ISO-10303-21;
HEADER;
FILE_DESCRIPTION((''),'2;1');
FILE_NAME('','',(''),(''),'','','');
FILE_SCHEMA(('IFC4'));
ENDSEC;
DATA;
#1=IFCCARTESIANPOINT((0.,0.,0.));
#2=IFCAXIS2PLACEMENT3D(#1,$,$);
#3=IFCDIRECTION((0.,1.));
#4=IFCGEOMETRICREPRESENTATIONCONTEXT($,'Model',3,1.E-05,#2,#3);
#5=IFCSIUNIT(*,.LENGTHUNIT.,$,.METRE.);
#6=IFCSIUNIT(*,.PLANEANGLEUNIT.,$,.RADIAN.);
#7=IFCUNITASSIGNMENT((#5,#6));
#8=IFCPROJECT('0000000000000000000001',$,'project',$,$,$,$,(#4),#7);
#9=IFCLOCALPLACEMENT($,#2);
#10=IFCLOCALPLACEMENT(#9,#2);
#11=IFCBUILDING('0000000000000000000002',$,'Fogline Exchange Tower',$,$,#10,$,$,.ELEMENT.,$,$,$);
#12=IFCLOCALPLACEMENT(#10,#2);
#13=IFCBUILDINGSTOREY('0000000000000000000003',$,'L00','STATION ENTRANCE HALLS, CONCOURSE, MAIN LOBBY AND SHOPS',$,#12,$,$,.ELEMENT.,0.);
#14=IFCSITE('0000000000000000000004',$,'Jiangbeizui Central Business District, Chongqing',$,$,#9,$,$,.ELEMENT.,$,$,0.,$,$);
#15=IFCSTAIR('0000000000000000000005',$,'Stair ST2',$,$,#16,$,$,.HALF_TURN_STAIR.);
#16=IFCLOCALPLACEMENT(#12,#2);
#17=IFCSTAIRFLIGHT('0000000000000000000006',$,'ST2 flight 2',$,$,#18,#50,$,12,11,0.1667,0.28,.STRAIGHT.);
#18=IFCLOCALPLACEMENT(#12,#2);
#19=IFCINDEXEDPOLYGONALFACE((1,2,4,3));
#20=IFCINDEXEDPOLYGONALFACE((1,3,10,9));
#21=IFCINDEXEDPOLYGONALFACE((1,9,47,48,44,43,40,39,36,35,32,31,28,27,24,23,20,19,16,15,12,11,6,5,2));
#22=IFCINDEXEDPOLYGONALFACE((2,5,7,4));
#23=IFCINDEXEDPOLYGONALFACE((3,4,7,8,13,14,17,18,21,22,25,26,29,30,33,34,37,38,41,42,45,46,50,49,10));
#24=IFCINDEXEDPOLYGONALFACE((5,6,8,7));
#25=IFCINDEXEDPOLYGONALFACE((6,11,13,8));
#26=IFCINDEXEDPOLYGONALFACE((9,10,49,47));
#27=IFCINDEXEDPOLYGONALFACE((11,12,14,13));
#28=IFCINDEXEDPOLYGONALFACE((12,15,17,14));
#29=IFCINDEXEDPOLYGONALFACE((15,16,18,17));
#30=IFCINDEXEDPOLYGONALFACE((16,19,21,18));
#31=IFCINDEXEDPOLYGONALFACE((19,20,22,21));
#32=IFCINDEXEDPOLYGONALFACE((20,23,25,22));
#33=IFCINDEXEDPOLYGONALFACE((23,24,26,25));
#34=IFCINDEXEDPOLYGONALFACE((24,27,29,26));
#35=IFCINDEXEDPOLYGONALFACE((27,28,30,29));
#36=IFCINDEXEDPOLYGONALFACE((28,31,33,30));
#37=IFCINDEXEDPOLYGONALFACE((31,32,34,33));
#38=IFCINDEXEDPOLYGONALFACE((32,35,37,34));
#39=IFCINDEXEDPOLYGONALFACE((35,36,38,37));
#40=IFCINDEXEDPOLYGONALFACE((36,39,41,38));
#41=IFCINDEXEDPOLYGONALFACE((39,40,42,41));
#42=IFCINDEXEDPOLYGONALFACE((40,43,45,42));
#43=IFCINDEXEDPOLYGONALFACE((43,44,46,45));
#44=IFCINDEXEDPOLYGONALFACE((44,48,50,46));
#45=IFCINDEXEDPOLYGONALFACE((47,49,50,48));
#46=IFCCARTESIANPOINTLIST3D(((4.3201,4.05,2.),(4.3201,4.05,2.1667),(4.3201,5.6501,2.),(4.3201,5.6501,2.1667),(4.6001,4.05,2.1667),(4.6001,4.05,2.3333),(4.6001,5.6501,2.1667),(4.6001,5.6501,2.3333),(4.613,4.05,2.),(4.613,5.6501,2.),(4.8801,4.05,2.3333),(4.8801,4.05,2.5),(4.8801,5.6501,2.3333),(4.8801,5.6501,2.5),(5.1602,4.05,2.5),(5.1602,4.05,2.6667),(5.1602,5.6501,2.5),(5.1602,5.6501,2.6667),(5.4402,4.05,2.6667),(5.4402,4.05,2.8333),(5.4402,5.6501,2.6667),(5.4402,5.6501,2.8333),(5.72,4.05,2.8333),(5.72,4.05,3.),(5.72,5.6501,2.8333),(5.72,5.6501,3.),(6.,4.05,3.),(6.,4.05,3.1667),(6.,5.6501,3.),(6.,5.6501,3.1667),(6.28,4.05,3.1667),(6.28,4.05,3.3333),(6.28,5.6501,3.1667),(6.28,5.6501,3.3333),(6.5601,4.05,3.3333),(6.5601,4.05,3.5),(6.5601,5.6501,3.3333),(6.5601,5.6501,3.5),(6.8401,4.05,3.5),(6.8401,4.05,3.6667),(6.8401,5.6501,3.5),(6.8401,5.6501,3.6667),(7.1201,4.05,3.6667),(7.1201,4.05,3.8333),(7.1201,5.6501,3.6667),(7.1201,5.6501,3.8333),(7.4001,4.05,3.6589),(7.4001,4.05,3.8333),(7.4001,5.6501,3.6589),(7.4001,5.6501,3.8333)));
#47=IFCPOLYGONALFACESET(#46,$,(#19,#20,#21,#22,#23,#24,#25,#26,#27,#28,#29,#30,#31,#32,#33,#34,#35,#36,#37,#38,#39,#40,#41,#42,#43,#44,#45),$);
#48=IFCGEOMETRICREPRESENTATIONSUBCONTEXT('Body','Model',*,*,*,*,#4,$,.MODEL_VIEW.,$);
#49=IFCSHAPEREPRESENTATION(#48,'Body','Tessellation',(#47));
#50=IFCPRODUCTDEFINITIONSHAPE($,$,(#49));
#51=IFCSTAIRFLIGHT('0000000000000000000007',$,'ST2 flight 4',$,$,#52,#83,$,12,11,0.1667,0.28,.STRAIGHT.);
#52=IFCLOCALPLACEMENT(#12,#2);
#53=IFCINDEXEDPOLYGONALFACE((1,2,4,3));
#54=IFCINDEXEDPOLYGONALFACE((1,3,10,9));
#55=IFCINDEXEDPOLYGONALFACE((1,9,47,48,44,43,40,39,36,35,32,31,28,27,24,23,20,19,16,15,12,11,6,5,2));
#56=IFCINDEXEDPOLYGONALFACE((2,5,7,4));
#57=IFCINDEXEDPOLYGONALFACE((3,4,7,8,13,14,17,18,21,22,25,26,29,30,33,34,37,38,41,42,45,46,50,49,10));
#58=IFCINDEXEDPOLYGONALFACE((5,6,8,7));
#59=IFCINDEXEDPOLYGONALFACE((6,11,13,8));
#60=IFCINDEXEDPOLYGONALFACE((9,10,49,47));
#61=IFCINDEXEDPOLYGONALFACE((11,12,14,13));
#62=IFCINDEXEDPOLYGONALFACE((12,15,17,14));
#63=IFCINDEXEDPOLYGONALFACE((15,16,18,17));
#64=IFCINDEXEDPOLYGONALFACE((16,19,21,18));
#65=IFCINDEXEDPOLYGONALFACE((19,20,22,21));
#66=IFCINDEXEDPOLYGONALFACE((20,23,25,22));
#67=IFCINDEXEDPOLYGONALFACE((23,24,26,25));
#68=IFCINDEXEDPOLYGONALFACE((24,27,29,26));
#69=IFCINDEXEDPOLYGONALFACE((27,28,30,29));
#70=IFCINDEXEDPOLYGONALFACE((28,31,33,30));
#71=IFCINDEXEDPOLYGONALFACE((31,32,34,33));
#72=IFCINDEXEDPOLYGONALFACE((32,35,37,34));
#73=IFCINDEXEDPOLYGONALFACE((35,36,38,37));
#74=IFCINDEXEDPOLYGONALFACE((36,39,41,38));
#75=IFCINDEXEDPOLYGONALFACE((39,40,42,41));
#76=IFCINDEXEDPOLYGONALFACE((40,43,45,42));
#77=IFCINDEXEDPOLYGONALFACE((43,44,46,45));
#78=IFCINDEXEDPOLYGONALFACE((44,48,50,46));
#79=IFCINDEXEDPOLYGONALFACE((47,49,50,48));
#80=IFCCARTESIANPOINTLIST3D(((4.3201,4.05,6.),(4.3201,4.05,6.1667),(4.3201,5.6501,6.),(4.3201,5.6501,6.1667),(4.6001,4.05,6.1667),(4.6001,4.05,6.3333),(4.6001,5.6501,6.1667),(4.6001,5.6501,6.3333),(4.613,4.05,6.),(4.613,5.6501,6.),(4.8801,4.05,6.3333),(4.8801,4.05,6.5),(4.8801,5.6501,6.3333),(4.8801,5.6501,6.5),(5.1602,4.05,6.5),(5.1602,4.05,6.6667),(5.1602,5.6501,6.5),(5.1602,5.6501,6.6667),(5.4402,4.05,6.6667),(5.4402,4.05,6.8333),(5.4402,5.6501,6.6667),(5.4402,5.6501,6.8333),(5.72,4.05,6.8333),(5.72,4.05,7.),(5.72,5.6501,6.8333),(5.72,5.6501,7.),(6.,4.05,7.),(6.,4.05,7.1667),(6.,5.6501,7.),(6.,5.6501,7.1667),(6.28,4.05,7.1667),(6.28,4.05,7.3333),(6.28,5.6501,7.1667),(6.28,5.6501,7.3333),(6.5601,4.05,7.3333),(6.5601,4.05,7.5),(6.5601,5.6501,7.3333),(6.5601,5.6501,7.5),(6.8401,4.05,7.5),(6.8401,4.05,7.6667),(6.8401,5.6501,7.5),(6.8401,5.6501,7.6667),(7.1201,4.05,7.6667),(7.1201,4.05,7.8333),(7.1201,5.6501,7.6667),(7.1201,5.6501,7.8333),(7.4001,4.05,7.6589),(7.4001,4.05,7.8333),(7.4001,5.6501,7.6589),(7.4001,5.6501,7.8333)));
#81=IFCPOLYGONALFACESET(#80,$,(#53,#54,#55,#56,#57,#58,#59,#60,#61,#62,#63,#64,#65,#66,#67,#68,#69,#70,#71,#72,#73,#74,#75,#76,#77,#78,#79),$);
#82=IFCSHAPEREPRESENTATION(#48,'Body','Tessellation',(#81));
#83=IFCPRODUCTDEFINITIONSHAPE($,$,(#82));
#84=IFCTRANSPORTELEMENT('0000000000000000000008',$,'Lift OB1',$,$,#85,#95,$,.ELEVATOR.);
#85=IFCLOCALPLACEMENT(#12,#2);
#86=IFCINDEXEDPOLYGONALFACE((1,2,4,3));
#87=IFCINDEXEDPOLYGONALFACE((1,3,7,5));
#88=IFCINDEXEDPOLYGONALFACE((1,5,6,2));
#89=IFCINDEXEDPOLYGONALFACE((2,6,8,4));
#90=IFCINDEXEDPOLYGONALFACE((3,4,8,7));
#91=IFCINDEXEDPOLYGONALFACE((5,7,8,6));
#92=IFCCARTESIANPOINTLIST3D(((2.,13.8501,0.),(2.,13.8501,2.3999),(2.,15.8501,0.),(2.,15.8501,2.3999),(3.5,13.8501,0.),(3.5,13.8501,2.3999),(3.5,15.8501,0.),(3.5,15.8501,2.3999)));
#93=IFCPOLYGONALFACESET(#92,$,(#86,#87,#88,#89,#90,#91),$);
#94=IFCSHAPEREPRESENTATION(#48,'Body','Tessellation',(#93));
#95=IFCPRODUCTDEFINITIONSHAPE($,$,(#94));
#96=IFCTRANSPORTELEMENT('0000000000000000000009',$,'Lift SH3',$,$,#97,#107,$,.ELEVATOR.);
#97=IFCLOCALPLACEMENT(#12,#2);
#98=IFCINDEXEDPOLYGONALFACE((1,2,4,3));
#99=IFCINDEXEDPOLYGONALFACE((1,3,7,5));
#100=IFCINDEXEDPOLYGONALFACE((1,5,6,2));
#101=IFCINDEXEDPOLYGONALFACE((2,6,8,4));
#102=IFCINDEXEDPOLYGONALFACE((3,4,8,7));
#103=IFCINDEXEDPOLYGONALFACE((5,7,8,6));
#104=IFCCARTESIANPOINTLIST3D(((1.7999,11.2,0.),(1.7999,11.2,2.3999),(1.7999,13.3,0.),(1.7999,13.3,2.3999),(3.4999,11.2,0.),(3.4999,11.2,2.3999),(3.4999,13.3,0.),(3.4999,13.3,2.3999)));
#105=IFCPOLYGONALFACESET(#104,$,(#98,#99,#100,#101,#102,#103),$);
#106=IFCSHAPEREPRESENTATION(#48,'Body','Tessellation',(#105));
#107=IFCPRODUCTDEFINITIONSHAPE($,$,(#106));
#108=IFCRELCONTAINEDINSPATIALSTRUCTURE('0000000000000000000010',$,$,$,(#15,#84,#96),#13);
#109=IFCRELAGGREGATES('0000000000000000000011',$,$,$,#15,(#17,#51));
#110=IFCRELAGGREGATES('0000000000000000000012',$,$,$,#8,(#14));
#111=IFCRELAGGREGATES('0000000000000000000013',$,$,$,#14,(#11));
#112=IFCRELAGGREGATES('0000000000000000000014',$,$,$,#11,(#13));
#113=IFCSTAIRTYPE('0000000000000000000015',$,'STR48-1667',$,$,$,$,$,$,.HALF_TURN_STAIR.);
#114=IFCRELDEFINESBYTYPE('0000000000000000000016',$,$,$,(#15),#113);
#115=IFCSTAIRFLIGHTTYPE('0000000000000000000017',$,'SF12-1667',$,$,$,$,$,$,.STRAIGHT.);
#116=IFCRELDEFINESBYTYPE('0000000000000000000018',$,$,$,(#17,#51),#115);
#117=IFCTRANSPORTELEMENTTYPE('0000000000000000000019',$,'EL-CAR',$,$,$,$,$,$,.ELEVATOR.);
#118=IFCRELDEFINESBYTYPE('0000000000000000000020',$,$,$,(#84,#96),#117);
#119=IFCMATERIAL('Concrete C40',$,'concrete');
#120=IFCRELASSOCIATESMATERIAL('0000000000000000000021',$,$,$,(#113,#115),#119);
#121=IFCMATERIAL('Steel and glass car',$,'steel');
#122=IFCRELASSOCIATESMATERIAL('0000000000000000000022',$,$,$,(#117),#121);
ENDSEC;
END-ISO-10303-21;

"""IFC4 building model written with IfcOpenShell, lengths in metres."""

from ifc_helpers import new_model, si_unit, direction, frame, origin, origin_2d, place, context, subcontext, project, spatial, polyline, rectangle, outline, extrude, material, type_object, element, aggregate, save


model = new_model("IFC4")

# Units and contexts
model_context = context("Model", 3, precision=1e-05, world=origin(), true_north=direction((0.0, 1.0)))
body_context = subcontext(model_context, "Body", "Model", "MODEL_VIEW")
ifc_project = project(units=[si_unit("LENGTHUNIT", "METRE"), si_unit("PLANEANGLEUNIT", "RADIAN")], contexts=[model_context])

# Site, building, storey
site_placement = place(None, origin())
site = spatial("IfcSite", under=ifc_project, at=site_placement, Name="Jiangbeizui Central Business District, Chongqing", CompositionType="ELEMENT", RefElevation=0.0)
building_placement = place(site_placement, origin())
building = spatial("IfcBuilding", under=site, at=building_placement, Name="Fogline Exchange Tower", CompositionType="ELEMENT")
storey_placement = place(building_placement, origin())
storey = spatial("IfcBuildingStorey", under=building, at=storey_placement, Name="L00", Description="STATION ENTRANCE HALLS, CONCOURSE, MAIN LOBBY AND SHOPS", CompositionType="ELEMENT", Elevation=0.0)

# Shared definitions
ifc_material_1 = material(Name="Concrete C40", Category="concrete")

# Stair, stair flights
stair_type = type_object("IfcStairType", Name="STR48-1667", PredefinedType="HALF_TURN_STAIR", material=ifc_material_1)
stair_placement = place(storey_placement, origin())
stair = element("IfcStair", 1, at=stair_placement, inside=storey, type_object=stair_type, Name="Stair ST2", PredefinedType="HALF_TURN_STAIR")
stair_flight_type = type_object("IfcStairFlightType", Name="SF12-1667", PredefinedType="STRAIGHT", material=ifc_material_1)
stair_flight_1_placement = place(storey_placement, frame((4.3201, 4.8501, 2.0), z_axis=(0.0, 0.0, 1.0), x_axis=(1.0, 0.0, 0.0)))
stair_flight_1 = element("IfcStairFlight", 2, at=stair_flight_1_placement, type_object=stair_flight_type, Name="ST2 flight 2", NumberOfRisers=12, NumberOfTreads=11, PredefinedType="STRAIGHT", RiserHeight=0.1667, TreadLength=0.28, context=body_context, shape_type="SweptSolid", body=[
    extrude(outline(polyline([(0.0, 0.0), (0.0, 0.1667), (0.28, 0.1667), (0.28, 0.3333), (0.5601, 0.3333), (0.5601, 0.5), (0.8401, 0.5), (0.8401, 0.6667), (1.1201, 0.6667), (1.1201, 0.8333), (1.3999, 0.8333), (1.3999, 1.0), (1.6799, 1.0), (1.6799, 1.1667), (1.96, 1.1667), (1.96, 1.3333), (2.24, 1.3333), (2.24, 1.5), (2.52, 1.5), (2.52, 1.6667), (2.8, 1.6667), (2.8, 1.8333), (3.0801, 1.8333), (3.0801, 2.0), (3.0801, 1.6589), (0.293, 0.0), (0.0, 0.0)])), frame((0.0, 0.8, 0.0), z_axis=(0.0, -1.0, 0.0), x_axis=(1.0, 0.0, 0.0)), (0.0, 0.0, 1.0), 1.6001),
])
stair_flight_2_placement = place(storey_placement, frame((4.3201, 4.8501, 6.0), z_axis=(0.0, 0.0, 1.0), x_axis=(1.0, 0.0, 0.0)))
stair_flight_2 = element("IfcStairFlight", 3, at=stair_flight_2_placement, type_object=stair_flight_type, Name="ST2 flight 4", NumberOfRisers=12, NumberOfTreads=11, PredefinedType="STRAIGHT", RiserHeight=0.1667, TreadLength=0.28, context=body_context, shape_type="SweptSolid", body=[
    extrude(outline(polyline([(0.0, 0.0), (0.0, 0.1667), (0.28, 0.1667), (0.28, 0.3333), (0.5601, 0.3333), (0.5601, 0.5), (0.8401, 0.5), (0.8401, 0.6667), (1.1201, 0.6667), (1.1201, 0.8333), (1.3999, 0.8333), (1.3999, 1.0), (1.6799, 1.0), (1.6799, 1.1667), (1.96, 1.1667), (1.96, 1.3333), (2.24, 1.3333), (2.24, 1.5), (2.52, 1.5), (2.52, 1.6667), (2.8, 1.6667), (2.8, 1.8333), (3.0801, 1.8333), (3.0801, 2.0), (3.0801, 1.6589), (0.293, 0.0), (0.0, 0.0)])), frame((0.0, 0.8, 0.0), z_axis=(0.0, -1.0, 0.0), x_axis=(1.0, 0.0, 0.0)), (0.0, 0.0, 1.0), 1.6001),
])
aggregate(stair, [stair_flight_1, stair_flight_2])

# Transport elements
ifc_material_2 = material(Name="Steel and glass car", Category="steel")
transport_element_type = type_object("IfcTransportElementType", Name="EL-CAR", PredefinedType="ELEVATOR", material=ifc_material_2)
transport_element_1_placement = place(storey_placement, frame((2.75, 14.8501, 0.0), z_axis=(0.0, 0.0, 1.0), x_axis=(1.0, 0.0, 0.0)))
element("IfcTransportElement", 4, at=transport_element_1_placement, inside=storey, type_object=transport_element_type, Name="Lift OB1", PredefinedType="ELEVATOR", context=body_context, shape_type="SweptSolid", body=[
    extrude(rectangle(XDim=1.5, YDim=2.0, at=origin_2d()), origin(), (0.0, 0.0, 1.0), 2.3999),
])
transport_element_2_placement = place(storey_placement, frame((2.6499, 12.25, 0.0), z_axis=(0.0, 0.0, 1.0), x_axis=(1.0, 0.0, 0.0)))
element("IfcTransportElement", 5, at=transport_element_2_placement, inside=storey, type_object=transport_element_type, Name="Lift SH3", PredefinedType="ELEVATOR", context=body_context, shape_type="SweptSolid", body=[
    extrude(rectangle(XDim=1.7, YDim=2.1001, at=origin_2d()), origin(), (0.0, 0.0, 1.0), 2.3999),
])

save(model, "model.ifc")
